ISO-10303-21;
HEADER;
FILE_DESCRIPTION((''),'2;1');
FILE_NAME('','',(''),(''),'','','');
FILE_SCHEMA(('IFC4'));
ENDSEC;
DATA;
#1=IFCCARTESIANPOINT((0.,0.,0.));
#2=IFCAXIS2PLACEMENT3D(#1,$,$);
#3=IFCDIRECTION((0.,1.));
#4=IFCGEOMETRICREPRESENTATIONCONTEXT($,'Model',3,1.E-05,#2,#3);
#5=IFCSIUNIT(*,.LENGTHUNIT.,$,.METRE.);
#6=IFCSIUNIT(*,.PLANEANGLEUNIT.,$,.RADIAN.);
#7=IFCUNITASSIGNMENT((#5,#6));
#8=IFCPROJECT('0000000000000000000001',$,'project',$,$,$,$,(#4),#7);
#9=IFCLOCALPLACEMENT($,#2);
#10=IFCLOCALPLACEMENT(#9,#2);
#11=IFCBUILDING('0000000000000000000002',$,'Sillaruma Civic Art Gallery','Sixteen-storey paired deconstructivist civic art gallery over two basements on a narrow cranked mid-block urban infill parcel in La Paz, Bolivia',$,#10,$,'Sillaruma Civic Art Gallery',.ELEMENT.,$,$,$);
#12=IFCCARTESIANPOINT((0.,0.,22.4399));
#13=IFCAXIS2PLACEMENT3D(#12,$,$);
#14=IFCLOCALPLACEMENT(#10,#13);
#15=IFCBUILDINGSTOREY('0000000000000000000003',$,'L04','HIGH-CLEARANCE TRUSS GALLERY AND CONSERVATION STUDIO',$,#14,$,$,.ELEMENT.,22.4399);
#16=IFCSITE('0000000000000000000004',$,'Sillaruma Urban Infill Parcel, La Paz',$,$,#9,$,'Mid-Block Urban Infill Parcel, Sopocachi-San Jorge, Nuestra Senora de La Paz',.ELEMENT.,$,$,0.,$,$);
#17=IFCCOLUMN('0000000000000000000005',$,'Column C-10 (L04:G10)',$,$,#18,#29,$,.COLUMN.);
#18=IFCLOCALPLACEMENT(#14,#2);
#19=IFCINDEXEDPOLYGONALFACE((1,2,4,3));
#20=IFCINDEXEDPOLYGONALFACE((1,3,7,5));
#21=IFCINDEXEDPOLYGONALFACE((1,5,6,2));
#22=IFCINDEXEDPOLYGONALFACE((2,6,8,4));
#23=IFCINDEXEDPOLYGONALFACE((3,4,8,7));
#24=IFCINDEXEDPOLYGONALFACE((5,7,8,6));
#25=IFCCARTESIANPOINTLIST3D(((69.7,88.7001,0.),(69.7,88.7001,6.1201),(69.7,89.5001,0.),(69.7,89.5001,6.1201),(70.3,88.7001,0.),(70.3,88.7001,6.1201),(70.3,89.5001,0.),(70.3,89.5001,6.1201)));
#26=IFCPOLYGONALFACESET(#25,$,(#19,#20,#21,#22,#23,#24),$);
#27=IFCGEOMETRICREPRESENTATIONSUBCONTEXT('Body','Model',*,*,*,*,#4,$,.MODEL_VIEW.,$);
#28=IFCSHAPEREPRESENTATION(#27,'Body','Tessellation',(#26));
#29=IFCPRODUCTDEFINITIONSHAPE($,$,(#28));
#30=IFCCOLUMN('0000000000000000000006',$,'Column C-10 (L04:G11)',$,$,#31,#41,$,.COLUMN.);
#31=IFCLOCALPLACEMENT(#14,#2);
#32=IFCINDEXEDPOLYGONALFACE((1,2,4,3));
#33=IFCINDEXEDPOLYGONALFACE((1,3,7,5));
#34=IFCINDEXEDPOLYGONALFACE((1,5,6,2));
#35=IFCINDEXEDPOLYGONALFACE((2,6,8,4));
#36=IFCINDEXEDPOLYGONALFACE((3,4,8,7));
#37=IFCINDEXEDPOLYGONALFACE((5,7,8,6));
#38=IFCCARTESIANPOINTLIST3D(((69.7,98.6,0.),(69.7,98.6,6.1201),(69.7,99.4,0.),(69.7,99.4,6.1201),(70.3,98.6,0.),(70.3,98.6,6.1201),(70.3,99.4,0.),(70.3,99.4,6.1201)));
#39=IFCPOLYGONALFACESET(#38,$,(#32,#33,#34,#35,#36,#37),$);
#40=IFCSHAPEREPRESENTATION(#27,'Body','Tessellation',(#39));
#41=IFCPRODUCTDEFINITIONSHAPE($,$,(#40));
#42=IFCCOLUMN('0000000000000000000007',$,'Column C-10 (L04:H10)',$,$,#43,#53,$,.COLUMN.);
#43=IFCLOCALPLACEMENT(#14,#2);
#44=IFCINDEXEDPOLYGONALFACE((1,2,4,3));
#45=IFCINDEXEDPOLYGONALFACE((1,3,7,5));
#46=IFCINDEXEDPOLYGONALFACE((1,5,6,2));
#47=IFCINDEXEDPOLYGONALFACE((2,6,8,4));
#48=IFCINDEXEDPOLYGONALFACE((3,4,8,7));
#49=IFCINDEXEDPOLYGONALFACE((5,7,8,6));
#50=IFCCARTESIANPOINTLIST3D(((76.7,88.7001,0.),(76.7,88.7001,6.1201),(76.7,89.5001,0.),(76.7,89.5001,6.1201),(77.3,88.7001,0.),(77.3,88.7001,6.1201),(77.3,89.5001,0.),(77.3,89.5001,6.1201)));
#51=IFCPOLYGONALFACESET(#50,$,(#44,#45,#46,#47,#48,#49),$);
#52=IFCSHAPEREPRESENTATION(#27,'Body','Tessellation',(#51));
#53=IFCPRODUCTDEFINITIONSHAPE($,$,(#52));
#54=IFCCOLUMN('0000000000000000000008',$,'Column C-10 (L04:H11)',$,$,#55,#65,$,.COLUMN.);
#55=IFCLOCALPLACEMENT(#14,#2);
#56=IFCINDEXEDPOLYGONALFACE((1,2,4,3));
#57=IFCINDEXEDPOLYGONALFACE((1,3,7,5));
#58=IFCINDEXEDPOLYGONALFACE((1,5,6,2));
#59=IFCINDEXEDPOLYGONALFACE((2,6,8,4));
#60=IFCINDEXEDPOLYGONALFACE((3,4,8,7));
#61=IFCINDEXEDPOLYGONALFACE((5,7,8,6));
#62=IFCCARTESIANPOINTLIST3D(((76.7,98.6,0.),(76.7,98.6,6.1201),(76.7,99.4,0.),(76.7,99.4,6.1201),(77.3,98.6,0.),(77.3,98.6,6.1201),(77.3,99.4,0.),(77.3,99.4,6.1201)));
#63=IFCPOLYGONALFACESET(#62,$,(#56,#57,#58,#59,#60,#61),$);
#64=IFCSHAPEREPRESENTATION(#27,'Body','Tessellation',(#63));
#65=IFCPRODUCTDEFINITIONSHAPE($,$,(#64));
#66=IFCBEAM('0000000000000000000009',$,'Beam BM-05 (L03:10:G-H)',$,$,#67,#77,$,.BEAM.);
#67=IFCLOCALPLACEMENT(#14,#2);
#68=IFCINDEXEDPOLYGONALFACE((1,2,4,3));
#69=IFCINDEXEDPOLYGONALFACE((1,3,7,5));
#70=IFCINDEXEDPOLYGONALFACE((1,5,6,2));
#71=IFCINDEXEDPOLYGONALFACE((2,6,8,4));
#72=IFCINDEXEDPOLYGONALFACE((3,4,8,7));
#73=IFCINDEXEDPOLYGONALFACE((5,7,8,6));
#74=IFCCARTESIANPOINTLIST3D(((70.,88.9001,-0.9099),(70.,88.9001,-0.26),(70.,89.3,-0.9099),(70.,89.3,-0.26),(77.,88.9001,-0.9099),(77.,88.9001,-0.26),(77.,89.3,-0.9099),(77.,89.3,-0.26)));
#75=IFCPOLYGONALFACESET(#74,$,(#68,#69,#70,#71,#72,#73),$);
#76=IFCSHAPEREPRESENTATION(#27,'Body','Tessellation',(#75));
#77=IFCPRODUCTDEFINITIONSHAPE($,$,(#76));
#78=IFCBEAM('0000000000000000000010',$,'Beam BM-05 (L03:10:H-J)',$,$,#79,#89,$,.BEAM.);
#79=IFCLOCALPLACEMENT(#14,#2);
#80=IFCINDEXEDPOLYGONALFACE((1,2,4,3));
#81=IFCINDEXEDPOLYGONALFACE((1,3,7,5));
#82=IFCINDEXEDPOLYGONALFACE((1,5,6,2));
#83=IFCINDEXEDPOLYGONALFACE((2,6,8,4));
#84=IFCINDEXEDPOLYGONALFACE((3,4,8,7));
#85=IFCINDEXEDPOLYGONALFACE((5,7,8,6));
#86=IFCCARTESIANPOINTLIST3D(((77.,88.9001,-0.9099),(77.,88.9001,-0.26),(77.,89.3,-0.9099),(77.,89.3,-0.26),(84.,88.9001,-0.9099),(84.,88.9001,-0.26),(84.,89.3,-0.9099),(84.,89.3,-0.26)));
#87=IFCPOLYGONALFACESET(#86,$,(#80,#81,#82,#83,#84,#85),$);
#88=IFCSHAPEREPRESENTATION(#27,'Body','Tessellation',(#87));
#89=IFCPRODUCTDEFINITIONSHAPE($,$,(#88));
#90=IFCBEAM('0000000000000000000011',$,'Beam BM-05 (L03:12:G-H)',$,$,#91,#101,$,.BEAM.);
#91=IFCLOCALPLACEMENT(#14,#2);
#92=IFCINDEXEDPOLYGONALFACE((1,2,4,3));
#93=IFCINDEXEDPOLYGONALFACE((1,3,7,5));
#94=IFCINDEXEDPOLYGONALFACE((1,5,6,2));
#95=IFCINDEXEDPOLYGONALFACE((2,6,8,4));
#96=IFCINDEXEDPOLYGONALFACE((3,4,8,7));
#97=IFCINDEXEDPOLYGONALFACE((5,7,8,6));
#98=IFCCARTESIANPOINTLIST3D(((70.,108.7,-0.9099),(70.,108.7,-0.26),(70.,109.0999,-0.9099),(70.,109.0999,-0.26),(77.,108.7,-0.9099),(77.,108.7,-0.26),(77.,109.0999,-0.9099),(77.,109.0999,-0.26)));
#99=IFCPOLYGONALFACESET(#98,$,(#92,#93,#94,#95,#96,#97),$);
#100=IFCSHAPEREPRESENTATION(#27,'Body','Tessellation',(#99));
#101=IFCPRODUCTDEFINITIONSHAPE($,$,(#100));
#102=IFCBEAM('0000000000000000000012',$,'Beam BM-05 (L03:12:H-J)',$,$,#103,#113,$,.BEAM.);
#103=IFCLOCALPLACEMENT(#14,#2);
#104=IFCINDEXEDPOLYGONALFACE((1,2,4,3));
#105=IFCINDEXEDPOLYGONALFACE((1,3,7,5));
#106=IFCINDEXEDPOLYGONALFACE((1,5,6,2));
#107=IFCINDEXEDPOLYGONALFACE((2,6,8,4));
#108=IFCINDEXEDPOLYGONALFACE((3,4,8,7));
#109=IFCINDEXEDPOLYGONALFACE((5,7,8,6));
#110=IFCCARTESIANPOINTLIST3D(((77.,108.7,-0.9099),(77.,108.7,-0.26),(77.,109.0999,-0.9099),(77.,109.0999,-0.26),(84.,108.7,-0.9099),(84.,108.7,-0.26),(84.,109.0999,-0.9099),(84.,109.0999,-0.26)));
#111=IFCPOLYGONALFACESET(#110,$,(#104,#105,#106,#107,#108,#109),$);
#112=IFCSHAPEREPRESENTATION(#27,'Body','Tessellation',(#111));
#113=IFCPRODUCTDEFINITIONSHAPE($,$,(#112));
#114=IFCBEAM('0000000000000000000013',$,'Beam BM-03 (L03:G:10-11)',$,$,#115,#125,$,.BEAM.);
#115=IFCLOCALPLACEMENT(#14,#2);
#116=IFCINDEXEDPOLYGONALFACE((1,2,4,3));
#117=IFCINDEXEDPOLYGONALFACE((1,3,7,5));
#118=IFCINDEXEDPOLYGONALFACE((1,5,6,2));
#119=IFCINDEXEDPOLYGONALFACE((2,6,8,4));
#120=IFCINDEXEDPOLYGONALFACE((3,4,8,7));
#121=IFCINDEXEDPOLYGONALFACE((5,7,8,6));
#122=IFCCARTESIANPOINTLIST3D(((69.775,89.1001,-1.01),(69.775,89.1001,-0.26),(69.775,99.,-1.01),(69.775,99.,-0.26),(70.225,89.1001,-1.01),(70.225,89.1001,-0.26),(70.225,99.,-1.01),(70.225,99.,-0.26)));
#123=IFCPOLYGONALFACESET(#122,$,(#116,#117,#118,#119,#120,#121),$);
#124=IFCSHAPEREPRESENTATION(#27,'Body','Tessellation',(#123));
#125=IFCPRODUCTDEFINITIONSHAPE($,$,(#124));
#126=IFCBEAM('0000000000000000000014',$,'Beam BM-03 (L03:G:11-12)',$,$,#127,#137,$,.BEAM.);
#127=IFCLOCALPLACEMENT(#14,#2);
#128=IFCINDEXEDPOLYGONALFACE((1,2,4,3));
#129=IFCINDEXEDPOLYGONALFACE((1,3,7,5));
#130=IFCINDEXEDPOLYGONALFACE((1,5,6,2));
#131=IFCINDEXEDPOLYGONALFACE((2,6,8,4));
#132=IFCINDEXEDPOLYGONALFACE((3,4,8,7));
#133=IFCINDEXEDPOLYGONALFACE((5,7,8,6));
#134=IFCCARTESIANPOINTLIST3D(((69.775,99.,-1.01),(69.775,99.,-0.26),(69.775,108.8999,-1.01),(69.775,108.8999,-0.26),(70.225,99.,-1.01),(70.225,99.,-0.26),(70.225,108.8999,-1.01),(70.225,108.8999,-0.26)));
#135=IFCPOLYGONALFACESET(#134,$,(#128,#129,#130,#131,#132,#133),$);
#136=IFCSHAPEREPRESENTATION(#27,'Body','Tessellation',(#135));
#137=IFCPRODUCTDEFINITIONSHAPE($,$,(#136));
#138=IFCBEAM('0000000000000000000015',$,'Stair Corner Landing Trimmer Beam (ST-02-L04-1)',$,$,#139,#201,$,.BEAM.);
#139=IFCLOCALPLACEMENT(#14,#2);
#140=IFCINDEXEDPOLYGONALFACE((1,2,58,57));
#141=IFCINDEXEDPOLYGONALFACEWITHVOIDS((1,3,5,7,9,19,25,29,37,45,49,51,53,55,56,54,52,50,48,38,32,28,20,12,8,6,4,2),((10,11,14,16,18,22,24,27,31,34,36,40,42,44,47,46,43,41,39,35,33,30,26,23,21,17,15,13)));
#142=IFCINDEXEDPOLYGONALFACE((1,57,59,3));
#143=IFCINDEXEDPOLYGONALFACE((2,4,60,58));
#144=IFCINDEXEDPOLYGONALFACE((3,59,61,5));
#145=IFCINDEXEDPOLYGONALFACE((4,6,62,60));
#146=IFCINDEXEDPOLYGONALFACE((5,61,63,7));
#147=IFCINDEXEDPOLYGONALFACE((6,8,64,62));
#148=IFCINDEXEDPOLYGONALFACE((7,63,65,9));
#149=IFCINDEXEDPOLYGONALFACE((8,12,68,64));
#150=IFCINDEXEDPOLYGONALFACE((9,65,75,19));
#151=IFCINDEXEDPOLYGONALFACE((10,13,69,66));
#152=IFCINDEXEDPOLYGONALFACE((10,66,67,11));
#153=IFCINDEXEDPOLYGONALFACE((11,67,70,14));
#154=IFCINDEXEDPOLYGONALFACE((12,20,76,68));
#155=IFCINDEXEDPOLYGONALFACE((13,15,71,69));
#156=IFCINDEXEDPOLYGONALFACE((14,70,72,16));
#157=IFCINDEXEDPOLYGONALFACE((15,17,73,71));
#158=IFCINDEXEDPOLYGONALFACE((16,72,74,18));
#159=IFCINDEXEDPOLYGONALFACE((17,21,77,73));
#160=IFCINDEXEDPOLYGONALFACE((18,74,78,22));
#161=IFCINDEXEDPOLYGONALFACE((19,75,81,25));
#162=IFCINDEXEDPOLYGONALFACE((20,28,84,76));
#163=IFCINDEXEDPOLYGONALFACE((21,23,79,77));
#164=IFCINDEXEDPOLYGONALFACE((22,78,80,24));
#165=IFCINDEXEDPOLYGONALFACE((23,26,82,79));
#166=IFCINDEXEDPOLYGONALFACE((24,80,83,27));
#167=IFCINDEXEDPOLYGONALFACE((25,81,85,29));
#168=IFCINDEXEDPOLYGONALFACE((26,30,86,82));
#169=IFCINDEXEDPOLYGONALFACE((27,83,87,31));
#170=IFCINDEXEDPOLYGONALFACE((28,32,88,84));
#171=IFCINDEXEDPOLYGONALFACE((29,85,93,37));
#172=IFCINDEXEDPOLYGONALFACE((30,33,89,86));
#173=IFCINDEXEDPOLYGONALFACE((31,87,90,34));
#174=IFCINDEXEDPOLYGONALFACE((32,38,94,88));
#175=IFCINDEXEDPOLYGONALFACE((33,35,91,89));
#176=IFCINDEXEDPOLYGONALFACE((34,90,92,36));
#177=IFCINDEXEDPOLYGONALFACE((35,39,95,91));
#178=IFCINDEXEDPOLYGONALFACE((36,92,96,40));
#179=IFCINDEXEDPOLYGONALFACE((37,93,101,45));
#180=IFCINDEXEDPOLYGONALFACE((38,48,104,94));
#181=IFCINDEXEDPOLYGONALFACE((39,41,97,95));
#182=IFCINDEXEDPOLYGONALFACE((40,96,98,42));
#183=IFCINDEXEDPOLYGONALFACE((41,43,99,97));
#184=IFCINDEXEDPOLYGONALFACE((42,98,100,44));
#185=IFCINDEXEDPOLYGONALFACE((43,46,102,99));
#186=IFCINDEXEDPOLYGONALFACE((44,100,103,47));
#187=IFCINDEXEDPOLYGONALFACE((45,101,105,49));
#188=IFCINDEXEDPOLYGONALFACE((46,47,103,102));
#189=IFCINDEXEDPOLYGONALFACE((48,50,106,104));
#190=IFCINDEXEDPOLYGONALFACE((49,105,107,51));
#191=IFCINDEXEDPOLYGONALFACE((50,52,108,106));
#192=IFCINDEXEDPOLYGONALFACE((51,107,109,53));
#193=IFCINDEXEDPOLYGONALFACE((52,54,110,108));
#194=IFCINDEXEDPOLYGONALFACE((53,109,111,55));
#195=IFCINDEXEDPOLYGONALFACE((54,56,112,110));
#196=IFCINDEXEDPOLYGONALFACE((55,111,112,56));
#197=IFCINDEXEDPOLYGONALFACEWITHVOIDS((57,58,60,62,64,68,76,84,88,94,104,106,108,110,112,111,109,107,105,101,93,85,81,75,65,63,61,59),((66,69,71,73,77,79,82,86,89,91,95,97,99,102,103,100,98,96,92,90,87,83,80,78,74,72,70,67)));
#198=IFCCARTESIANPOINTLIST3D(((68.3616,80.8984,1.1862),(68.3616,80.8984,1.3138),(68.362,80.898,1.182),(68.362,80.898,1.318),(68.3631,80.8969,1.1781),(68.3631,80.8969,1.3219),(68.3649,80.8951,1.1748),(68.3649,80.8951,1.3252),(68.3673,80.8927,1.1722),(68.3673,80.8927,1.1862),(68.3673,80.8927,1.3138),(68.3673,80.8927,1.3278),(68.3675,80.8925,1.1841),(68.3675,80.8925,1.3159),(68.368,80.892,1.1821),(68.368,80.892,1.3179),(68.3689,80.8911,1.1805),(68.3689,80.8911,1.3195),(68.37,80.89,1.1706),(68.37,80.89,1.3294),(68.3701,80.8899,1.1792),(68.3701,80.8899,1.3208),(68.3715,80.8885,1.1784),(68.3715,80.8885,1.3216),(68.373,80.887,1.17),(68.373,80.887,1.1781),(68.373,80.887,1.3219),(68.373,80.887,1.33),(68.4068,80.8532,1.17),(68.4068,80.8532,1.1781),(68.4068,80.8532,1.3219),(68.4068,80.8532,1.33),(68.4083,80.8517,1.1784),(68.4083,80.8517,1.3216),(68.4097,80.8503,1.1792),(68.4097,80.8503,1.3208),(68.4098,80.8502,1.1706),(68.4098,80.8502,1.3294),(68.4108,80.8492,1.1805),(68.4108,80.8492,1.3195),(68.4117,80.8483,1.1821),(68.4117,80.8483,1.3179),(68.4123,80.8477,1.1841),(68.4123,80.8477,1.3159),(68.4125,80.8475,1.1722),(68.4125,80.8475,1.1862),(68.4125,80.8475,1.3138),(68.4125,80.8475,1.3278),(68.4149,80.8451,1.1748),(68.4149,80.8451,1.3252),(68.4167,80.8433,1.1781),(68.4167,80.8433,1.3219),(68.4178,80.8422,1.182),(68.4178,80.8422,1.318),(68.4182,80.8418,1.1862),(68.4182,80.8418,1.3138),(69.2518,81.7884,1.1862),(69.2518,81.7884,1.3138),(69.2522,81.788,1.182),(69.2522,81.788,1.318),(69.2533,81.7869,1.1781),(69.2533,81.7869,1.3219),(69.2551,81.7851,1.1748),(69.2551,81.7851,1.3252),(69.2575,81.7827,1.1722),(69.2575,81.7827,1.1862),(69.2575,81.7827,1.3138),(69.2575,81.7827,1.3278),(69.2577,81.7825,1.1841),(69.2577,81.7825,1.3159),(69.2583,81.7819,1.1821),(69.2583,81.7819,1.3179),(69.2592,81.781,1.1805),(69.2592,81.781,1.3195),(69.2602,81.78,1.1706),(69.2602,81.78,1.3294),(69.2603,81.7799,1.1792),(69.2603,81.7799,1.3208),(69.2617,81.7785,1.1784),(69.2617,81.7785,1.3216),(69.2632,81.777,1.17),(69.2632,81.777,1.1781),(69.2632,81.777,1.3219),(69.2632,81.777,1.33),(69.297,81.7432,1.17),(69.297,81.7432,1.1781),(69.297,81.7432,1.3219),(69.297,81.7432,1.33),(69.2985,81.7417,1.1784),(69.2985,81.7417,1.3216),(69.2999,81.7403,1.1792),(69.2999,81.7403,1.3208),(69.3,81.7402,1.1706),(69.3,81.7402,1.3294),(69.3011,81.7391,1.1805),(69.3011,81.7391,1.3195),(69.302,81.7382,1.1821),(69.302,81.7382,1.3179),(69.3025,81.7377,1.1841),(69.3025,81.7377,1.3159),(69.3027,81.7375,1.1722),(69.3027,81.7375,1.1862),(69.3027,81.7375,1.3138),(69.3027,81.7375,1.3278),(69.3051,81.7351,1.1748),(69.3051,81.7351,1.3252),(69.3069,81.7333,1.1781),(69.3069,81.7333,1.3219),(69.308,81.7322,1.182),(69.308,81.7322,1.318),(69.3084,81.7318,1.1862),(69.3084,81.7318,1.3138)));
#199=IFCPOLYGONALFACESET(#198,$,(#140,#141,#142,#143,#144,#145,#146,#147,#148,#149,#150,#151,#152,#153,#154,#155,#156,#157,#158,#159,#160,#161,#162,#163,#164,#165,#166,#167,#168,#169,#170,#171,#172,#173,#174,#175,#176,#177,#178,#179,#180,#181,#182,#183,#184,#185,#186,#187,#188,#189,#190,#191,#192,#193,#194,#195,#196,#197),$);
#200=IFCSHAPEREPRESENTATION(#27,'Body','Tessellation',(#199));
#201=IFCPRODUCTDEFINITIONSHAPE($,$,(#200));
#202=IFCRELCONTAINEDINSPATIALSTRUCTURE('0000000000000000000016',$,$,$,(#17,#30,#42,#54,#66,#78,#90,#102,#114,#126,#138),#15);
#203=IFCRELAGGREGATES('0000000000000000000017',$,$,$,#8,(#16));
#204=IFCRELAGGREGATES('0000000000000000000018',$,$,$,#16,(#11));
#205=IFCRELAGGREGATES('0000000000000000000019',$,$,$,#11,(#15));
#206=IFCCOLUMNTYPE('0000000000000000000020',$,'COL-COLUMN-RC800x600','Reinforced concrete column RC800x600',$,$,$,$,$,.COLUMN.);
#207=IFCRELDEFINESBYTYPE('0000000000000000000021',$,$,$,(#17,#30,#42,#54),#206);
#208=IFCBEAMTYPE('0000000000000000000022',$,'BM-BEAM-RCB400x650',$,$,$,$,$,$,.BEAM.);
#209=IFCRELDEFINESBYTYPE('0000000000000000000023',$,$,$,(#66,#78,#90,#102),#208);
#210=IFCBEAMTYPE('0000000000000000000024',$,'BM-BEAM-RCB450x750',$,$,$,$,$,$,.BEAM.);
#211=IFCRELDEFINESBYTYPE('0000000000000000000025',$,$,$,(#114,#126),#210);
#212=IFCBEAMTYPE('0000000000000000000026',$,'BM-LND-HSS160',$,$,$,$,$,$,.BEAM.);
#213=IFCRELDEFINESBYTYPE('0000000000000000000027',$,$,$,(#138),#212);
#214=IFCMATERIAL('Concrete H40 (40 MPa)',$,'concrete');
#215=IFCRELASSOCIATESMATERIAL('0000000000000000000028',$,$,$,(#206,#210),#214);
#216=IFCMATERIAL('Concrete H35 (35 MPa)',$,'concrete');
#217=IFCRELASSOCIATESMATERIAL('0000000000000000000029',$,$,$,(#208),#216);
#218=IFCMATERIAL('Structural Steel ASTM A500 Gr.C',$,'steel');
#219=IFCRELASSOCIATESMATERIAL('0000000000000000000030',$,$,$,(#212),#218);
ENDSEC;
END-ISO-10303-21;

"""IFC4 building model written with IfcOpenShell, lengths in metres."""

from ifc_helpers import new_model, si_unit, direction, frame, origin, origin_2d, place, context, subcontext, project, spatial, rectangle, hollow_rectangle, extrude, material, material_profile, profile_set, type_object, element, save


model = new_model("IFC4")

# Units and contexts
model_context = context("Model", 3, precision=1e-05, world=origin(), true_north=direction((0.0, 1.0)))
body_context = subcontext(model_context, "Body", "Model", "MODEL_VIEW")
ifc_project = project(units=[si_unit("LENGTHUNIT", "METRE"), si_unit("PLANEANGLEUNIT", "RADIAN")], contexts=[model_context])

# Site, building, storey
site_placement = place(None, origin())
site = spatial("IfcSite", under=ifc_project, at=site_placement, Name="Sillaruma Urban Infill Parcel, La Paz", LongName="Mid-Block Urban Infill Parcel, Sopocachi-San Jorge, Nuestra Senora de La Paz", CompositionType="ELEMENT", RefElevation=0.0)
building_placement = place(site_placement, origin())
building = spatial("IfcBuilding", under=site, at=building_placement, Name="Sillaruma Civic Art Gallery", Description="Sixteen-storey paired deconstructivist civic art gallery over two basements on a narrow cranked mid-block urban infill parcel in La Paz, Bolivia", LongName="Sillaruma Civic Art Gallery", CompositionType="ELEMENT")
storey_placement = place(building_placement, frame((0.0, 0.0, 22.4399)))
storey = spatial("IfcBuildingStorey", under=building, at=storey_placement, Name="L04", Description="HIGH-CLEARANCE TRUSS GALLERY AND CONSERVATION STUDIO", CompositionType="ELEMENT", Elevation=22.4399)

# Columns
ifc_material_1 = material(Name="Concrete H40 (40 MPa)", Category="concrete")
ifc_material_profile_1 = material_profile(ifc_material_1, rectangle(XDim=0.6001, YDim=0.8, at=origin_2d()), Name="RC800x600")
ifc_profile_set_1 = profile_set([ifc_material_profile_1], Name="Concrete H40 (40 MPa)")
column_type = type_object("IfcColumnType", Name="COL-COLUMN-RC800x600", Description="Reinforced concrete column RC800x600", PredefinedType="COLUMN", material=ifc_profile_set_1)
for number, where, z_axis, x_axis, name in (
    (1, (70.0, 89.1001, 0.0), (0.0, 0.0, 1.0), (1.0, 0.0, 0.0), "Column C-10 (L04:G10)"),
    (2, (70.0, 99.0, 0.0), (0.0, 0.0, 1.0), (1.0, 0.0, 0.0), "Column C-10 (L04:G11)"),
    (3, (77.0, 89.1001, 0.0), (0.0, 0.0, 1.0), (1.0, 0.0, 0.0), "Column C-10 (L04:H10)"),
    (4, (77.0, 99.0, 0.0), (0.0, 0.0, 1.0), (1.0, 0.0, 0.0), "Column C-10 (L04:H11)"),
):
    element("IfcColumn", number, at=place(storey_placement, frame(where, z_axis=z_axis, x_axis=x_axis)), inside=storey, type_object=column_type, Name=name, PredefinedType="COLUMN", context=body_context, shape_type="SweptSolid", body=[
        extrude(rectangle(XDim=0.6001, YDim=0.8, at=origin_2d()), origin(), (0.0, 0.0, 1.0), 6.1201),
    ])

# Beams
ifc_material_2 = material(Name="Concrete H35 (35 MPa)", Category="concrete")
ifc_material_profile_2 = material_profile(ifc_material_2, rectangle(XDim=0.3999, YDim=0.6499, at=origin_2d()), Name="RCB400x650")
ifc_profile_set_2 = profile_set([ifc_material_profile_2], Name="Concrete H35 (35 MPa)")
beam_type_1 = type_object("IfcBeamType", Name="BM-BEAM-RCB400x650", PredefinedType="BEAM", material=ifc_profile_set_2)
for number, where, z_axis, x_axis, name in (
    (5, (70.0, 89.1001, -0.585), (1.0, 0.0, 0.0), (0.0, 1.0, 0.0), "Beam BM-05 (L03:10:G-H)"),
    (6, (77.0, 89.1001, -0.585), (1.0, 0.0, 0.0), (0.0, 1.0, 0.0), "Beam BM-05 (L03:10:H-J)"),
    (7, (70.0, 108.8999, -0.585), (1.0, 0.0, 0.0), (0.0, 1.0, 0.0), "Beam BM-05 (L03:12:G-H)"),
    (8, (77.0, 108.8999, -0.585), (1.0, 0.0, 0.0), (0.0, 1.0, 0.0), "Beam BM-05 (L03:12:H-J)"),
):
    element("IfcBeam", number, at=place(storey_placement, frame(where, z_axis=z_axis, x_axis=x_axis)), inside=storey, type_object=beam_type_1, Name=name, PredefinedType="BEAM", context=body_context, shape_type="SweptSolid", body=[
        extrude(rectangle(XDim=0.3999, YDim=0.6499, at=origin_2d()), origin(), (0.0, 0.0, 1.0), 7.0),
    ])
ifc_material_profile_3 = material_profile(ifc_material_1, rectangle(XDim=0.45, YDim=0.75, at=origin_2d()), Name="RCB450x750")
ifc_profile_set_3 = profile_set([ifc_material_profile_3], Name="Concrete H40 (40 MPa)")
beam_type_2 = type_object("IfcBeamType", Name="BM-BEAM-RCB450x750", PredefinedType="BEAM", material=ifc_profile_set_3)
for number, where, z_axis, x_axis, name in (
    (9, (70.0, 89.1001, -0.635), (0.0, 1.0, 0.0), (-1.0, 0.0, 0.0), "Beam BM-03 (L03:G:10-11)"),
    (10, (70.0, 99.0, -0.635), (0.0, 1.0, 0.0), (-1.0, 0.0, 0.0), "Beam BM-03 (L03:G:11-12)"),
):
    element("IfcBeam", number, at=place(storey_placement, frame(where, z_axis=z_axis, x_axis=x_axis)), inside=storey, type_object=beam_type_2, Name=name, PredefinedType="BEAM", context=body_context, shape_type="SweptSolid", body=[
        extrude(rectangle(XDim=0.45, YDim=0.75, at=origin_2d()), origin(), (0.0, 0.0, 1.0), 9.8999),
    ])
ifc_material_3 = material(Name="Structural Steel ASTM A500 Gr.C", Category="steel")
ifc_material_profile_4 = material_profile(ifc_material_3, hollow_rectangle(XDim=0.0801, YDim=0.1599, WallThickness=0.0081, InnerFilletRadius=0.0081, OuterFilletRadius=0.0161, at=origin_2d()), Name="HSS160x80x8")
ifc_profile_set_4 = profile_set([ifc_material_profile_4], Name="Structural Steel ASTM A500 Gr.C")
beam_type_3 = type_object("IfcBeamType", Name="BM-LND-HSS160", PredefinedType="BEAM", material=ifc_profile_set_4)
for number, where, z_axis, x_axis, name in (
    (11, (68.3899, 80.8701, 1.25), (0.707204, 0.70701, 0.0), (-0.70701, 0.707204, 0.0), "Stair Corner Landing Trimmer Beam (ST-02-L04-1)"),
):
    element("IfcBeam", number, at=place(storey_placement, frame(where, z_axis=z_axis, x_axis=x_axis)), inside=storey, type_object=beam_type_3, Name=name, PredefinedType="BEAM", context=body_context, shape_type="SweptSolid", body=[
        extrude(hollow_rectangle(XDim=0.0801, YDim=0.1599, WallThickness=0.0081, InnerFilletRadius=0.0081, OuterFilletRadius=0.0161, at=origin_2d()), origin(), (0.0, 0.0, 1.0), 1.2588),
    ])

save(model, "model.ifc")
